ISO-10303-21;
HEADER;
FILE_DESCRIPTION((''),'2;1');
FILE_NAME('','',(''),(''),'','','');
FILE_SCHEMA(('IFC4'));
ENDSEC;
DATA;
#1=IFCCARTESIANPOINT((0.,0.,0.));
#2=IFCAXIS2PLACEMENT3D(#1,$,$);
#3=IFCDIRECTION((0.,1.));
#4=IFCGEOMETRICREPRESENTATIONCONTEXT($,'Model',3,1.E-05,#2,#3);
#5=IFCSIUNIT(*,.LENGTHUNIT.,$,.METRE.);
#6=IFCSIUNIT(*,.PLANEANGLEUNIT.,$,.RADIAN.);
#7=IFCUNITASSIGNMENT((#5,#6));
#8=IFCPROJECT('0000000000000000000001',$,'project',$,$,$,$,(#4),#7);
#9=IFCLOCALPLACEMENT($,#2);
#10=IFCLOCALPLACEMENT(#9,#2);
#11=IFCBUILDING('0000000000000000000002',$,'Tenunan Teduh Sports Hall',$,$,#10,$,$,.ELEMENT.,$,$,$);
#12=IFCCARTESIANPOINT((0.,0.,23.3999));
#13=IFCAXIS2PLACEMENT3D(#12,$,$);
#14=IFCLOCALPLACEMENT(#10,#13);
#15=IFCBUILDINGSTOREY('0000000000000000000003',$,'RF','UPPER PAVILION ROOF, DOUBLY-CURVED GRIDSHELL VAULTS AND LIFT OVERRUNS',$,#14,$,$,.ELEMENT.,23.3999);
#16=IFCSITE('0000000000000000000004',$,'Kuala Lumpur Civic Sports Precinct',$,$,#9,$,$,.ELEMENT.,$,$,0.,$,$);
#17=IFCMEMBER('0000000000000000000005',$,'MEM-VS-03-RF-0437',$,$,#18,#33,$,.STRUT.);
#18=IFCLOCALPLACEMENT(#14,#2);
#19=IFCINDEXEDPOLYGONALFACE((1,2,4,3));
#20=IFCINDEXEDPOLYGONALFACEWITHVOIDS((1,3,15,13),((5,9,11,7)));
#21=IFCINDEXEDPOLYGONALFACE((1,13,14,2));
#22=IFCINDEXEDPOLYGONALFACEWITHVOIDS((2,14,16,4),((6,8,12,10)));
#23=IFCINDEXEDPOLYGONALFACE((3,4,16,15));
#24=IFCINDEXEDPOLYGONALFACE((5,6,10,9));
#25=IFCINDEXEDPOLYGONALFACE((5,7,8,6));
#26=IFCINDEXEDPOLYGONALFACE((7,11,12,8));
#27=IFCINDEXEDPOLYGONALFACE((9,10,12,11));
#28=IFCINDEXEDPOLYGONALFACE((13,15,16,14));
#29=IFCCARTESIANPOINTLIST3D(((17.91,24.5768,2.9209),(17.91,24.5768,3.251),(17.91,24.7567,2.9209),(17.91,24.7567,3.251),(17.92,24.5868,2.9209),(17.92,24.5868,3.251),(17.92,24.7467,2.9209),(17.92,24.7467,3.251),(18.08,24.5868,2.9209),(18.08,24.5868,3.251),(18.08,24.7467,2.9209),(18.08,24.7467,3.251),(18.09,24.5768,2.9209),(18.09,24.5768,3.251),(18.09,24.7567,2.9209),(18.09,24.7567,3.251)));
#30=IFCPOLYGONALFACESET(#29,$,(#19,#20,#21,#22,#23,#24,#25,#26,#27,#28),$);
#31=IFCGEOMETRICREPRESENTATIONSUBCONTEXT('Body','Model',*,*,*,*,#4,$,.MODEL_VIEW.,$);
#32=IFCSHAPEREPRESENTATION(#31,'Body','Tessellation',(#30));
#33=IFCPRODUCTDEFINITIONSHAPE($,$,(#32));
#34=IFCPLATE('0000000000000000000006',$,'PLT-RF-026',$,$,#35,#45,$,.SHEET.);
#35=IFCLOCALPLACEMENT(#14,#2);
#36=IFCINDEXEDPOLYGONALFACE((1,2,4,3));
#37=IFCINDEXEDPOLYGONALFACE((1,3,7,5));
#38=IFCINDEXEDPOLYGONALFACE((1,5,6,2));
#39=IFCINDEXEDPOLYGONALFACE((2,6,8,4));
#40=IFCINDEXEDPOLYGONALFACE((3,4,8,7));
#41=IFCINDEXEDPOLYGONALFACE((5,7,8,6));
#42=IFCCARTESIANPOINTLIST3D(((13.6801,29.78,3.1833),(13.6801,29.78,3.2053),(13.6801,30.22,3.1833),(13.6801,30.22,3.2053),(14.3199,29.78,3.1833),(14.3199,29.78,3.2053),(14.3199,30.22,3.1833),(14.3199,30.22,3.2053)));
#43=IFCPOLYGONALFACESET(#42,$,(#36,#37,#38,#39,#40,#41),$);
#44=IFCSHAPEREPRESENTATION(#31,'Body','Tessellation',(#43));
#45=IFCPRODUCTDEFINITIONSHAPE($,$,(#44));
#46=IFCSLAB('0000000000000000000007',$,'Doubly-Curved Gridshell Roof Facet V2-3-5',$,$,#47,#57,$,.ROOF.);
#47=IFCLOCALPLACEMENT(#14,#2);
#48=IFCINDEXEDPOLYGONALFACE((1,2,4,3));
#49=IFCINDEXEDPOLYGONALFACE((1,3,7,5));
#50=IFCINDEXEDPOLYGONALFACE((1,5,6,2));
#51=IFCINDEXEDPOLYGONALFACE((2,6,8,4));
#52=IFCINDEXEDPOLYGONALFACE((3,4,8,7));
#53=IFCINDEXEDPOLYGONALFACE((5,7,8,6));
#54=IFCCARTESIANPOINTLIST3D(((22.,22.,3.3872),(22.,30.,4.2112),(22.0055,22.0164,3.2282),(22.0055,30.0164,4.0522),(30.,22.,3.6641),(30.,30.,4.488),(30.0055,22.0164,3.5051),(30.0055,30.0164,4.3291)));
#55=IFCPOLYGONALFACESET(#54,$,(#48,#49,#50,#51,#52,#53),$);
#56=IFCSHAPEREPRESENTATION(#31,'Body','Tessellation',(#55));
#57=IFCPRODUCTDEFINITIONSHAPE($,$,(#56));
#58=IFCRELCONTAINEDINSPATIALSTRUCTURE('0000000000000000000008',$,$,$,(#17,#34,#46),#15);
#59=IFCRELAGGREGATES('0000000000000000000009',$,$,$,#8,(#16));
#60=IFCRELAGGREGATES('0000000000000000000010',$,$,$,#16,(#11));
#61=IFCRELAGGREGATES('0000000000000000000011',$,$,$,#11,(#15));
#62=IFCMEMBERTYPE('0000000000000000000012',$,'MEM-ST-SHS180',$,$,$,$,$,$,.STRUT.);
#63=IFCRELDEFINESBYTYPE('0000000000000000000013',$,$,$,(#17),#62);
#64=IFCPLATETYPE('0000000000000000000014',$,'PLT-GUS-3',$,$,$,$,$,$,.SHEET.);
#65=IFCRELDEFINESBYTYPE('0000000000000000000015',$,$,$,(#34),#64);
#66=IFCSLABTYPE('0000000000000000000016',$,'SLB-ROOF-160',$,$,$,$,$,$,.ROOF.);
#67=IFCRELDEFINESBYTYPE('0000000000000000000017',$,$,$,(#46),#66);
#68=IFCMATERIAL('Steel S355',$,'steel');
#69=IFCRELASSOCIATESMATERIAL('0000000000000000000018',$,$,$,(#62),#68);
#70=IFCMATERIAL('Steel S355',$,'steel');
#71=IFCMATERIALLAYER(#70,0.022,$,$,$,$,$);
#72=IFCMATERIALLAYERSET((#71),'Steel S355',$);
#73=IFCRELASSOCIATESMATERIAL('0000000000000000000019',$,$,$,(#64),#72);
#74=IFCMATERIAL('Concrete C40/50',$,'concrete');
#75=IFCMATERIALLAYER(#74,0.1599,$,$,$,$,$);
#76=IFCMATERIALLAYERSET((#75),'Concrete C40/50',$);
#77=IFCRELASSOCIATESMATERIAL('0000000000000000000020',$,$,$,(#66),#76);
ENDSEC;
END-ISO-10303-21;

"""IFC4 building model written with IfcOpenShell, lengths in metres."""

from ifc_helpers import new_model, si_unit, direction, frame, origin, origin_2d, place, context, subcontext, project, spatial, polyline, rectangle, hollow_rectangle, outline, extrude, material, layer, layer_set, material_profile, profile_set, type_object, element, save


model = new_model("IFC4")

# Units and contexts
model_context = context("Model", 3, precision=1e-05, world=origin(), true_north=direction((0.0, 1.0)))
body_context = subcontext(model_context, "Body", "Model", "MODEL_VIEW")
ifc_project = project(units=[si_unit("LENGTHUNIT", "METRE"), si_unit("PLANEANGLEUNIT", "RADIAN")], contexts=[model_context])

# Site, building, storey
site_placement = place(None, origin())
site = spatial("IfcSite", under=ifc_project, at=site_placement, Name="Kuala Lumpur Civic Sports Precinct", CompositionType="ELEMENT", RefElevation=0.0)
building_placement = place(site_placement, origin())
building = spatial("IfcBuilding", under=site, at=building_placement, Name="Tenunan Teduh Sports Hall", CompositionType="ELEMENT")
storey_placement = place(building_placement, frame((0.0, 0.0, 23.3999)))
storey = spatial("IfcBuildingStorey", under=building, at=storey_placement, Name="RF", Description="UPPER PAVILION ROOF, DOUBLY-CURVED GRIDSHELL VAULTS AND LIFT OVERRUNS", CompositionType="ELEMENT", Elevation=23.3999)

# Member
ifc_material_1 = material(Name="Steel S355", Category="steel")
ifc_material_profile_1 = material_profile(ifc_material_1, hollow_rectangle(XDim=0.1799, YDim=0.1799, WallThickness=0.01, at=origin_2d()), Name="SHS 180x180x10.0")
ifc_profile_set_1 = profile_set([ifc_material_profile_1], Name="Steel S355")
member_type_1 = type_object("IfcMemberType", Name="MEM-ST-SHS180", PredefinedType="STRUT", material=ifc_profile_set_1)
member_1_placement = place(storey_placement, frame((18.0, 24.6667, 2.9209), z_axis=(0.0, 0.0, 1.0), x_axis=(1.0, 0.0, 0.0)))
element("IfcMember", 1, at=member_1_placement, inside=storey, type_object=member_type_1, Name="MEM-VS-03-RF-0437", PredefinedType="STRUT", context=body_context, shape_type="SweptSolid", body=[
    extrude(hollow_rectangle(XDim=0.1799, YDim=0.1799, WallThickness=0.01, at=origin_2d()), origin(), (0.0, 0.0, 1.0), 0.3301),
])

# Plate
ifc_material_2 = material(Name="Steel S355", Category="steel")
ifc_layer_1 = layer(ifc_material_2, 0.022)
ifc_layer_set_1 = layer_set([ifc_layer_1], Name="Steel S355")
plate_type = type_object("IfcPlateType", Name="PLT-GUS-3", PredefinedType="SHEET", material=ifc_layer_set_1)
plate_placement = place(storey_placement, frame((14.0, 30.0, 3.1833), z_axis=(0.0, 0.0, 1.0), x_axis=(1.0, 0.0, 0.0)))
element("IfcPlate", 2, at=plate_placement, inside=storey, type_object=plate_type, Name="PLT-RF-026", PredefinedType="SHEET", context=body_context, shape_type="SweptSolid", body=[
    extrude(rectangle(XDim=0.6399, YDim=0.4399, at=origin_2d()), origin(), (0.0, 0.0, 1.0), 0.022),
])

# Slab
ifc_material_3 = material(Name="Concrete C40/50", Category="concrete")
ifc_layer_2 = layer(ifc_material_3, 0.1599)
ifc_layer_set_2 = layer_set([ifc_layer_2], Name="Concrete C40/50")
slab_type = type_object("IfcSlabType", Name="SLB-ROOF-160", PredefinedType="ROOF", material=ifc_layer_set_2)
slab_placement = place(storey_placement, frame((22.0, 22.0, 3.3872), z_axis=(-0.034404, -0.102394, 0.994149), x_axis=(0.999402, 0.0, 0.034586)))
element("IfcSlab", 3, at=slab_placement, inside=storey, type_object=slab_type, Name="Doubly-Curved Gridshell Roof Facet V2-3-5", PredefinedType="ROOF", context=body_context, shape_type="SweptSolid", body=[
    extrude(outline(polyline([(0.0, 0.0), (8.0048, 0.0), (8.0333, 8.0423), (0.0285, 8.0423), (0.0, 0.0)])), origin(), (0.0, 0.0, -1.0), 0.1599),
])

save(model, "model.ifc")
